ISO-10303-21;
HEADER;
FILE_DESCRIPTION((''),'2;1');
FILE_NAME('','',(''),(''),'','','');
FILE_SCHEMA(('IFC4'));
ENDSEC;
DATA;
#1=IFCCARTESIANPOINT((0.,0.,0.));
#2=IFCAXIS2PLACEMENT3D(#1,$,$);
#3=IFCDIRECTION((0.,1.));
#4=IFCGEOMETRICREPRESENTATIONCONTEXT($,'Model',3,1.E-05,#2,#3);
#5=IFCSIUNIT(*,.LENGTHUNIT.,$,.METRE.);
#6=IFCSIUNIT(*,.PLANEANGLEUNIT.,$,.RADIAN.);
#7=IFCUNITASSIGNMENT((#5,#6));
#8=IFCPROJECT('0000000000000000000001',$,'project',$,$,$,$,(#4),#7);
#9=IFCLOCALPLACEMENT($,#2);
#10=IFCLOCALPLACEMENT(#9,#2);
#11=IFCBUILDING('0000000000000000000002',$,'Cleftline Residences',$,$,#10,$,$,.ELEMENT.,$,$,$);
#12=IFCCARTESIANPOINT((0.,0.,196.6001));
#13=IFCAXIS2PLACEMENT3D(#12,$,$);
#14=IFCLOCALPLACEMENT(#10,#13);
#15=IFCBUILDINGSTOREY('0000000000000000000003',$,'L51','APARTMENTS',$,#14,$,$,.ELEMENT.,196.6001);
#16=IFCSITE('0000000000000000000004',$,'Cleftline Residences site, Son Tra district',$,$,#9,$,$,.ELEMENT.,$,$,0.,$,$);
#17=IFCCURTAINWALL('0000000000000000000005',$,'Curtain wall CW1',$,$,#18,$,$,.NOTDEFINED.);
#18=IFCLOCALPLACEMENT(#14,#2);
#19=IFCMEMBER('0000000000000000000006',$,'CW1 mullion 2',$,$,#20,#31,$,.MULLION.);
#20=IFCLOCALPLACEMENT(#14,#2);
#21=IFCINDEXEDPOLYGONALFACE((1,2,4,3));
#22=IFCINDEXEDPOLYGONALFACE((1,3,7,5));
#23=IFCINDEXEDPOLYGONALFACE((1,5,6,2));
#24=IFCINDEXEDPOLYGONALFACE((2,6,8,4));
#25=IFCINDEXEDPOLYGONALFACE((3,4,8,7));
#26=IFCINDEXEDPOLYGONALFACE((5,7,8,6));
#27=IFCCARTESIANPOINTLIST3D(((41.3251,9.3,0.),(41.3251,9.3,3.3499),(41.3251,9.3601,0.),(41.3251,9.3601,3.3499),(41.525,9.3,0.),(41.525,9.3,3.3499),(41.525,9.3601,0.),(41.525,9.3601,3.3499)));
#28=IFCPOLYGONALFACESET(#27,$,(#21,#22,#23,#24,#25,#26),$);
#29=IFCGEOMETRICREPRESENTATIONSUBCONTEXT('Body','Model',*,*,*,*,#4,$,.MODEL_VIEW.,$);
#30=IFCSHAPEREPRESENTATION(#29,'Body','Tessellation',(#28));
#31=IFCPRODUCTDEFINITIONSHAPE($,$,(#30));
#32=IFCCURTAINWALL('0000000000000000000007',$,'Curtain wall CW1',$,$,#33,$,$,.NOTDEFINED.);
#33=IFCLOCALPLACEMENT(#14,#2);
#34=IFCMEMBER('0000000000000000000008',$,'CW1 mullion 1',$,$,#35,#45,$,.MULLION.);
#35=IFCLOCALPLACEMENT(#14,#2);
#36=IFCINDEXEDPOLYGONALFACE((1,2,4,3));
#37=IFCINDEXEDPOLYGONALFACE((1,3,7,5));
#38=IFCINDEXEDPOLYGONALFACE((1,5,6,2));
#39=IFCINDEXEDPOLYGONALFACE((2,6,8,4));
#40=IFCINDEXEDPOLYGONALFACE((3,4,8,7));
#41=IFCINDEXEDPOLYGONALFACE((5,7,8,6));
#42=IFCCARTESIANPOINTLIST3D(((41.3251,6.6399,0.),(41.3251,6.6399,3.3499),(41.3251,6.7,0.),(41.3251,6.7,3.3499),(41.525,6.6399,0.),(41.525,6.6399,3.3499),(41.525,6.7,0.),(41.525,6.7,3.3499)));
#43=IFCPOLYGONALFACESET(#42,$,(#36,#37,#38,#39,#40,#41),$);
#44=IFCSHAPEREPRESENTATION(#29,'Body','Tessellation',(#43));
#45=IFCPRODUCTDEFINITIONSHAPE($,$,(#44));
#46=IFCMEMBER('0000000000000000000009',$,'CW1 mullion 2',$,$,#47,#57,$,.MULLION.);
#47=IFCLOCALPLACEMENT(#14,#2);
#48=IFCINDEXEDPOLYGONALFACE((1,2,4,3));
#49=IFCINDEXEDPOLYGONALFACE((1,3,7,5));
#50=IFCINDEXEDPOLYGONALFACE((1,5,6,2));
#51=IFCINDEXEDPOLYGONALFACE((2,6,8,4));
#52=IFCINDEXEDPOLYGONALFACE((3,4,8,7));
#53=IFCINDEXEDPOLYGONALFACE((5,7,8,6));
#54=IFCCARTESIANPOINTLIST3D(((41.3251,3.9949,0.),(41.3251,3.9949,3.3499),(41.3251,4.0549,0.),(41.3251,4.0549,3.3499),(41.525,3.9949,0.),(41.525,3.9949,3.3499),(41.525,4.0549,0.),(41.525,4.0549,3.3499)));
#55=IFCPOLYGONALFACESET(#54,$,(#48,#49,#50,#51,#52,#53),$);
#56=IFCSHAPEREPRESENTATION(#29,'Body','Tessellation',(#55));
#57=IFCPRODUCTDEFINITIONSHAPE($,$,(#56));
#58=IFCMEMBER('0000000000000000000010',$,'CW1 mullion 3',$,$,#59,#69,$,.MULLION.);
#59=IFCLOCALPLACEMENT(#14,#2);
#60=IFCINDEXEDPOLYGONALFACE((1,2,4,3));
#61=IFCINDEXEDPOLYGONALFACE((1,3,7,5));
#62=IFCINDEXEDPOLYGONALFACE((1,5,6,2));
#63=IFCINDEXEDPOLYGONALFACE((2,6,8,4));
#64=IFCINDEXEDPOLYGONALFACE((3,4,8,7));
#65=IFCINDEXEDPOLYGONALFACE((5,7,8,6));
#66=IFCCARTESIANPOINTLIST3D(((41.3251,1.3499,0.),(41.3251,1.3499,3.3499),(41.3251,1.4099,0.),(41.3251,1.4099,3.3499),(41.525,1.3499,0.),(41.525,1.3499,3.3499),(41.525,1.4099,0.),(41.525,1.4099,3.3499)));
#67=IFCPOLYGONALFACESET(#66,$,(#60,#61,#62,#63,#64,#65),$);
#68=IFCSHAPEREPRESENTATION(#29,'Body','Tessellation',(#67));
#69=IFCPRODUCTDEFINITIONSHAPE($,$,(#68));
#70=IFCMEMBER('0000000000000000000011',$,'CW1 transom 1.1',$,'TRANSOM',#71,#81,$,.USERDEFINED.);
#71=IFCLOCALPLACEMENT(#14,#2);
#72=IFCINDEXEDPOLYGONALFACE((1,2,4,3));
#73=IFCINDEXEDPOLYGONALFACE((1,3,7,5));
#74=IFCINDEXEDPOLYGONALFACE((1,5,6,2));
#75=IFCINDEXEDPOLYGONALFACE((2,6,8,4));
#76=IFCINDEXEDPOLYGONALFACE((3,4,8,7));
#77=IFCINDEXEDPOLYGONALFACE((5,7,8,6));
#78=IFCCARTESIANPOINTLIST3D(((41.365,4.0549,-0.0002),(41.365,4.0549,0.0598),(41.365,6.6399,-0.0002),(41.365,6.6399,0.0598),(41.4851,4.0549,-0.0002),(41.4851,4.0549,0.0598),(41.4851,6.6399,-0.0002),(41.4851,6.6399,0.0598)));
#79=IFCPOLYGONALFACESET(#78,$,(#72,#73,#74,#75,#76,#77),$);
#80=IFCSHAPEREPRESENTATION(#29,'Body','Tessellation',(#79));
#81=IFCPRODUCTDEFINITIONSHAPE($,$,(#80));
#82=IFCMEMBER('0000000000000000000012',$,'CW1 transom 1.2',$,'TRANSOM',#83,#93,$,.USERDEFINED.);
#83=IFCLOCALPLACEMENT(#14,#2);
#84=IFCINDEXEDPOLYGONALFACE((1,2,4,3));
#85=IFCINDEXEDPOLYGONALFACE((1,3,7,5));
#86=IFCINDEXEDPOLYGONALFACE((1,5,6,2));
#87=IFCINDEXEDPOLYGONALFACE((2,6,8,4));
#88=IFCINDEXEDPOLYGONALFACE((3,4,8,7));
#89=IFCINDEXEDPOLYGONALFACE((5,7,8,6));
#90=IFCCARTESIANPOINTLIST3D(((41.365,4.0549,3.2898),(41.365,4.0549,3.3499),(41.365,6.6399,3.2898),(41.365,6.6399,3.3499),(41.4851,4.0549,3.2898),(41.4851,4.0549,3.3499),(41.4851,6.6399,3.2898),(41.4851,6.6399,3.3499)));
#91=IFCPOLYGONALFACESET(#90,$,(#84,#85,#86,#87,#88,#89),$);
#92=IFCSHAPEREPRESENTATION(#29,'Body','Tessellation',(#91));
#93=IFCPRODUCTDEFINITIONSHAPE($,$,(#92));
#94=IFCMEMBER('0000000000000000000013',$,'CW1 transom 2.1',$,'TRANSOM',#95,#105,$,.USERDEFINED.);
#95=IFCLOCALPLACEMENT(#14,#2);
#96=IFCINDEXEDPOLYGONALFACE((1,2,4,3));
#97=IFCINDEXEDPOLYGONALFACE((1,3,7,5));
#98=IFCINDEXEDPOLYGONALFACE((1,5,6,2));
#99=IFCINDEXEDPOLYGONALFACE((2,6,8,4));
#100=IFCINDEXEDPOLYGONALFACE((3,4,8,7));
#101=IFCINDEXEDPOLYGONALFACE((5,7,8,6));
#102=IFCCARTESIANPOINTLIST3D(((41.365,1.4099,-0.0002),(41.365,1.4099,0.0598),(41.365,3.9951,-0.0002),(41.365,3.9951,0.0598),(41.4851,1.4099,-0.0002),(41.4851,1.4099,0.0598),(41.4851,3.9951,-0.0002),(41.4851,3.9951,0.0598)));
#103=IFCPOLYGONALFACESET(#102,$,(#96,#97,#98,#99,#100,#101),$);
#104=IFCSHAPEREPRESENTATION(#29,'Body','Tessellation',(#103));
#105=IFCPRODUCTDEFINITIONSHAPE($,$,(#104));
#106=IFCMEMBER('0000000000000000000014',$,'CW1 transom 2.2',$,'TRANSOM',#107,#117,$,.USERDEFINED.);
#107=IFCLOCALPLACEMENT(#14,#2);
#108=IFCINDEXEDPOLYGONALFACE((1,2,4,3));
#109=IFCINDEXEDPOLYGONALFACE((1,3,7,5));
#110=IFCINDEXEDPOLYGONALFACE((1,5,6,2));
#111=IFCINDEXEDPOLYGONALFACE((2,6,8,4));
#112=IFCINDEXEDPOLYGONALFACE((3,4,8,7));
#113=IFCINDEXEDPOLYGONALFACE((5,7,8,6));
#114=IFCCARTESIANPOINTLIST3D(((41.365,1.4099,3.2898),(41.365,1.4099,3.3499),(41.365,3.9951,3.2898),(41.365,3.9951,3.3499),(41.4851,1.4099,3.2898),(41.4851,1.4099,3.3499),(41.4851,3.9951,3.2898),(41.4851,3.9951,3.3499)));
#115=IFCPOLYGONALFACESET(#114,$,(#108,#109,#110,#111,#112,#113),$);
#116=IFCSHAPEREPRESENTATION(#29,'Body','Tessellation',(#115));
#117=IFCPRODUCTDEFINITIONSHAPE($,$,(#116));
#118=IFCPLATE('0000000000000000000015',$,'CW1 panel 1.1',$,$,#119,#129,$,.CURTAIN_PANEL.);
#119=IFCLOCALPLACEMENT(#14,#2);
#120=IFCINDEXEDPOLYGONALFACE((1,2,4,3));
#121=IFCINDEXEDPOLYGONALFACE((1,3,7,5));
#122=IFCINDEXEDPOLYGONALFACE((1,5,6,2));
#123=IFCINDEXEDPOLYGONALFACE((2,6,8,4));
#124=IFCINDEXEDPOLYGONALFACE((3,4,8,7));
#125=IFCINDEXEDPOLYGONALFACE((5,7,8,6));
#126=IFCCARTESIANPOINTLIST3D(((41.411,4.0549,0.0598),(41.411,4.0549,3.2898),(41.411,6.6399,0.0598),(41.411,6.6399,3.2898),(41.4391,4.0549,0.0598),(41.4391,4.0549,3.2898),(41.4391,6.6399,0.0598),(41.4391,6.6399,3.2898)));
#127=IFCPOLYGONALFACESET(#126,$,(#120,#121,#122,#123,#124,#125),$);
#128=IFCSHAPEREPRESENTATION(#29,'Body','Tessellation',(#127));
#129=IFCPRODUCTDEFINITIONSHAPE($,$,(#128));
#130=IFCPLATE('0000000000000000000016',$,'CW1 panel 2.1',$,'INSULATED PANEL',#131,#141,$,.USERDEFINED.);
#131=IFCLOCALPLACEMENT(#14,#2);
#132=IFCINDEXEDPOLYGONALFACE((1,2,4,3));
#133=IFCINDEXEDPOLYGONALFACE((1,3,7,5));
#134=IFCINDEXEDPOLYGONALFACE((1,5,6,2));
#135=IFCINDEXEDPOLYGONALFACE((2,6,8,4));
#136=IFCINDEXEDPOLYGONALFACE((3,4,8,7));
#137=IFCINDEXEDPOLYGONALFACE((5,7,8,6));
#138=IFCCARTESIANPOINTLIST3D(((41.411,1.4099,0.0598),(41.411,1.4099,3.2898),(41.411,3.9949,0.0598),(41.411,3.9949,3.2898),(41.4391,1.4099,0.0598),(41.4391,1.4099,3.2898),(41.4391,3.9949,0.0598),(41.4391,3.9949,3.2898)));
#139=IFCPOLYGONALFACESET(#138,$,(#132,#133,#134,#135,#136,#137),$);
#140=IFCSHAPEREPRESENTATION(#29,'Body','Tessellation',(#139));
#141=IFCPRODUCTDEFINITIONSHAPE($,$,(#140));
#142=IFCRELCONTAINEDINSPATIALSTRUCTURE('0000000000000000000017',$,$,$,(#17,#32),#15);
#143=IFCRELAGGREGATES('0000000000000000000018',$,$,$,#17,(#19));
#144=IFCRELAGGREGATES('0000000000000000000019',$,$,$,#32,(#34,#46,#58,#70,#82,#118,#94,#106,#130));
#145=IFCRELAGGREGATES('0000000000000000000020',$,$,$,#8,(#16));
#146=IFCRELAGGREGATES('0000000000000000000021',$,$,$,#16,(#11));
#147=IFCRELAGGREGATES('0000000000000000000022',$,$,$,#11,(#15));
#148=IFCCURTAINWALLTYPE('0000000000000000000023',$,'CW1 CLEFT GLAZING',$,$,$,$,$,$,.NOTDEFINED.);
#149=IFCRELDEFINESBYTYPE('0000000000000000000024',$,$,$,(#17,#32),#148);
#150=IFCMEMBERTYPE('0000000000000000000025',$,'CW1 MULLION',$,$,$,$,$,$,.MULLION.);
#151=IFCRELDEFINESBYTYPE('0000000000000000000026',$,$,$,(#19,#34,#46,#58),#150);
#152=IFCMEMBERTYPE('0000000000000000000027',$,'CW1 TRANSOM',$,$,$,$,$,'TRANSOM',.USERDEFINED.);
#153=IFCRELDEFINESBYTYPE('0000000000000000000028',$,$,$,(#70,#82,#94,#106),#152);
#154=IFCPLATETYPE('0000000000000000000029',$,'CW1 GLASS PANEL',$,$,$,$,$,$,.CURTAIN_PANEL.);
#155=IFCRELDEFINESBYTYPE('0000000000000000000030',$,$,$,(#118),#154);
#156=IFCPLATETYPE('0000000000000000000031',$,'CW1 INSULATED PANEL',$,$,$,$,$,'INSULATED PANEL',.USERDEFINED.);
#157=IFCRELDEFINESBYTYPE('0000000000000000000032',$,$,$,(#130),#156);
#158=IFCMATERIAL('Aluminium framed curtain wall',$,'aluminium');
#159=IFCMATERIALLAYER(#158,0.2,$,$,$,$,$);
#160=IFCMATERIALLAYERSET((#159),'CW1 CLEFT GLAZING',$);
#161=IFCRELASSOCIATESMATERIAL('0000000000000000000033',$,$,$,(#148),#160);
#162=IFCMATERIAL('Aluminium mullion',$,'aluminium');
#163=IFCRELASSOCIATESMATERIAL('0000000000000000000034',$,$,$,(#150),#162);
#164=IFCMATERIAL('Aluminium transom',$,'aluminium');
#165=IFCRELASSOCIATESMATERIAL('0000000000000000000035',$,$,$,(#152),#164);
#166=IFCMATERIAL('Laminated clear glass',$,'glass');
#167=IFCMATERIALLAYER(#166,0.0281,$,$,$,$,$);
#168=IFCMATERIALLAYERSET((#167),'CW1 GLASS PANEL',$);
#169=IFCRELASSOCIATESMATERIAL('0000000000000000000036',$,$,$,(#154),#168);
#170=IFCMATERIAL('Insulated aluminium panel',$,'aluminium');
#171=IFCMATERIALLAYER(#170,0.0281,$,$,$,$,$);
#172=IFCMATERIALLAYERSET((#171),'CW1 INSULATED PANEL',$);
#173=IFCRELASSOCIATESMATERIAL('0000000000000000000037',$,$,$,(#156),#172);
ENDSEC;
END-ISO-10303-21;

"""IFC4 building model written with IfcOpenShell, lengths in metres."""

from ifc_helpers import new_model, si_unit, direction, frame, origin, origin_2d, place, context, subcontext, project, spatial, rectangle, extrude, material, layer, layer_set, material_profile, profile_set, type_object, element, aggregate, save


model = new_model("IFC4")

# Units and contexts
model_context = context("Model", 3, precision=1e-05, world=origin(), true_north=direction((0.0, 1.0)))
body_context = subcontext(model_context, "Body", "Model", "MODEL_VIEW")
ifc_project = project(units=[si_unit("LENGTHUNIT", "METRE"), si_unit("PLANEANGLEUNIT", "RADIAN")], contexts=[model_context])

# Site, building, storey
site_placement = place(None, origin())
site = spatial("IfcSite", under=ifc_project, at=site_placement, Name="Cleftline Residences site, Son Tra district", CompositionType="ELEMENT", RefElevation=0.0)
building_placement = place(site_placement, origin())
building = spatial("IfcBuilding", under=site, at=building_placement, Name="Cleftline Residences", CompositionType="ELEMENT")
storey_placement = place(building_placement, frame((0.0, 0.0, 196.6001)))
storey = spatial("IfcBuildingStorey", under=building, at=storey_placement, Name="L51", Description="APARTMENTS", CompositionType="ELEMENT", Elevation=196.6001)

# Curtain wall, member
ifc_material_1 = material(Name="Aluminium framed curtain wall", Category="aluminium")
ifc_layer_1 = layer(ifc_material_1, 0.2)
ifc_layer_set_1 = layer_set([ifc_layer_1], Name="CW1 CLEFT GLAZING")
curtain_wall_type = type_object("IfcCurtainWallType", Name="CW1 CLEFT GLAZING", PredefinedType="NOTDEFINED", material=ifc_layer_set_1)
curtain_wall_1_placement = place(storey_placement, origin())
curtain_wall_1 = element("IfcCurtainWall", 1, at=curtain_wall_1_placement, inside=storey, type_object=curtain_wall_type, Name="Curtain wall CW1", PredefinedType="NOTDEFINED")
ifc_material_2 = material(Name="Aluminium mullion", Category="aluminium")
ifc_material_profile_1 = material_profile(ifc_material_2, rectangle(XDim=0.2, YDim=0.0601, at=origin_2d()))
ifc_profile_set_1 = profile_set([ifc_material_profile_1], Name="Aluminium mullion")
member_type_1 = type_object("IfcMemberType", Name="CW1 MULLION", PredefinedType="MULLION", material=ifc_profile_set_1)
member_1_placement = place(storey_placement, frame((41.425, 9.3301, 0.0), z_axis=(0.0, 0.0, 1.0), x_axis=(1.0, 0.0, 0.0)))
member_1 = element("IfcMember", 2, at=member_1_placement, type_object=member_type_1, Name="CW1 mullion 2", PredefinedType="MULLION", context=body_context, shape_type="SweptSolid", body=[
    extrude(rectangle(XDim=0.2, YDim=0.0601, at=origin_2d()), origin(), (0.0, 0.0, 1.0), 3.3499),
])
aggregate(curtain_wall_1, [member_1])

# Curtain wall, members, plates
curtain_wall_2_placement = place(storey_placement, origin())
curtain_wall_2 = element("IfcCurtainWall", 3, at=curtain_wall_2_placement, inside=storey, type_object=curtain_wall_type, Name="Curtain wall CW1", PredefinedType="NOTDEFINED")
member_2_placement = place(storey_placement, frame((41.425, 6.6699, 0.0), z_axis=(0.0, 0.0, 1.0), x_axis=(1.0, 0.0, 0.0)))
member_2 = element("IfcMember", 4, at=member_2_placement, type_object=member_type_1, Name="CW1 mullion 1", PredefinedType="MULLION", context=body_context, shape_type="SweptSolid", body=[
    extrude(rectangle(XDim=0.2, YDim=0.0601, at=origin_2d()), origin(), (0.0, 0.0, 1.0), 3.3499),
])
member_3_placement = place(storey_placement, frame((41.425, 4.0249, 0.0), z_axis=(0.0, 0.0, 1.0), x_axis=(1.0, 0.0, 0.0)))
member_3 = element("IfcMember", 5, at=member_3_placement, type_object=member_type_1, Name="CW1 mullion 2", PredefinedType="MULLION", context=body_context, shape_type="SweptSolid", body=[
    extrude(rectangle(XDim=0.2, YDim=0.0601, at=origin_2d()), origin(), (0.0, 0.0, 1.0), 3.3499),
])
member_4_placement = place(storey_placement, frame((41.425, 1.3799, 0.0), z_axis=(0.0, 0.0, 1.0), x_axis=(1.0, 0.0, 0.0)))
member_4 = element("IfcMember", 6, at=member_4_placement, type_object=member_type_1, Name="CW1 mullion 3", PredefinedType="MULLION", context=body_context, shape_type="SweptSolid", body=[
    extrude(rectangle(XDim=0.2, YDim=0.0601, at=origin_2d()), origin(), (0.0, 0.0, 1.0), 3.3499),
])
ifc_material_3 = material(Name="Aluminium transom", Category="aluminium")
ifc_material_profile_2 = material_profile(ifc_material_3, rectangle(XDim=0.1201, YDim=0.0601, at=origin_2d()))
ifc_profile_set_2 = profile_set([ifc_material_profile_2], Name="Aluminium transom")
member_type_2 = type_object("IfcMemberType", Name="CW1 TRANSOM", ElementType="TRANSOM", PredefinedType="USERDEFINED", material=ifc_profile_set_2)
member_5_placement = place(storey_placement, frame((41.425, 6.6399, 0.0298), z_axis=(0.0, -1.0, 0.0), x_axis=(1.0, 0.0, 0.0)))
member_5 = element("IfcMember", 7, at=member_5_placement, type_object=member_type_2, Name="CW1 transom 1.1", ObjectType="TRANSOM", PredefinedType="USERDEFINED", context=body_context, shape_type="SweptSolid", body=[
    extrude(rectangle(XDim=0.1201, YDim=0.0601, at=origin_2d()), origin(), (0.0, 0.0, 1.0), 2.585),
])
member_6_placement = place(storey_placement, frame((41.425, 6.6399, 3.3198), z_axis=(0.0, -1.0, 0.0), x_axis=(1.0, 0.0, 0.0)))
member_6 = element("IfcMember", 8, at=member_6_placement, type_object=member_type_2, Name="CW1 transom 1.2", ObjectType="TRANSOM", PredefinedType="USERDEFINED", context=body_context, shape_type="SweptSolid", body=[
    extrude(rectangle(XDim=0.1201, YDim=0.0601, at=origin_2d()), origin(), (0.0, 0.0, 1.0), 2.585),
])
member_7_placement = place(storey_placement, frame((41.425, 3.9951, 0.0298), z_axis=(0.0, -1.0, 0.0), x_axis=(1.0, 0.0, 0.0)))
member_7 = element("IfcMember", 9, at=member_7_placement, type_object=member_type_2, Name="CW1 transom 2.1", ObjectType="TRANSOM", PredefinedType="USERDEFINED", context=body_context, shape_type="SweptSolid", body=[
    extrude(rectangle(XDim=0.1201, YDim=0.0601, at=origin_2d()), origin(), (0.0, 0.0, 1.0), 2.5852),
])
member_8_placement = place(storey_placement, frame((41.425, 3.9951, 3.3198), z_axis=(0.0, -1.0, 0.0), x_axis=(1.0, 0.0, 0.0)))
member_8 = element("IfcMember", 10, at=member_8_placement, type_object=member_type_2, Name="CW1 transom 2.2", ObjectType="TRANSOM", PredefinedType="USERDEFINED", context=body_context, shape_type="SweptSolid", body=[
    extrude(rectangle(XDim=0.1201, YDim=0.0601, at=origin_2d()), origin(), (0.0, 0.0, 1.0), 2.5852),
])
ifc_material_4 = material(Name="Laminated clear glass", Category="glass")
ifc_layer_2 = layer(ifc_material_4, 0.0281)
ifc_layer_set_2 = layer_set([ifc_layer_2], Name="CW1 GLASS PANEL")
plate_type_1 = type_object("IfcPlateType", Name="CW1 GLASS PANEL", PredefinedType="CURTAIN_PANEL", material=ifc_layer_set_2)
plate_1_placement = place(storey_placement, frame((41.425, 5.3474, 0.0598), z_axis=(0.0, 0.0, 1.0), x_axis=(0.0, -1.0, 0.0)))
plate_1 = element("IfcPlate", 11, at=plate_1_placement, type_object=plate_type_1, Name="CW1 panel 1.1", PredefinedType="CURTAIN_PANEL", context=body_context, shape_type="SweptSolid", body=[
    extrude(rectangle(XDim=2.585, YDim=0.0281, at=origin_2d()), origin(), (0.0, 0.0, 1.0), 3.23),
])
ifc_material_5 = material(Name="Insulated aluminium panel", Category="aluminium")
ifc_layer_3 = layer(ifc_material_5, 0.0281)
ifc_layer_set_3 = layer_set([ifc_layer_3], Name="CW1 INSULATED PANEL")
plate_type_2 = type_object("IfcPlateType", Name="CW1 INSULATED PANEL", ElementType="INSULATED PANEL", PredefinedType="USERDEFINED", material=ifc_layer_set_3)
plate_2_placement = place(storey_placement, frame((41.425, 2.7024, 0.0598), z_axis=(0.0, 0.0, 1.0), x_axis=(0.0, -1.0, 0.0)))
plate_2 = element("IfcPlate", 12, at=plate_2_placement, type_object=plate_type_2, Name="CW1 panel 2.1", ObjectType="INSULATED PANEL", PredefinedType="USERDEFINED", context=body_context, shape_type="SweptSolid", body=[
    extrude(rectangle(XDim=2.585, YDim=0.0281, at=origin_2d()), origin(), (0.0, 0.0, 1.0), 3.23),
])
aggregate(curtain_wall_2, [member_2, member_3, member_4, member_5, member_6, plate_1, member_7, member_8, plate_2])

save(model, "model.ifc")
